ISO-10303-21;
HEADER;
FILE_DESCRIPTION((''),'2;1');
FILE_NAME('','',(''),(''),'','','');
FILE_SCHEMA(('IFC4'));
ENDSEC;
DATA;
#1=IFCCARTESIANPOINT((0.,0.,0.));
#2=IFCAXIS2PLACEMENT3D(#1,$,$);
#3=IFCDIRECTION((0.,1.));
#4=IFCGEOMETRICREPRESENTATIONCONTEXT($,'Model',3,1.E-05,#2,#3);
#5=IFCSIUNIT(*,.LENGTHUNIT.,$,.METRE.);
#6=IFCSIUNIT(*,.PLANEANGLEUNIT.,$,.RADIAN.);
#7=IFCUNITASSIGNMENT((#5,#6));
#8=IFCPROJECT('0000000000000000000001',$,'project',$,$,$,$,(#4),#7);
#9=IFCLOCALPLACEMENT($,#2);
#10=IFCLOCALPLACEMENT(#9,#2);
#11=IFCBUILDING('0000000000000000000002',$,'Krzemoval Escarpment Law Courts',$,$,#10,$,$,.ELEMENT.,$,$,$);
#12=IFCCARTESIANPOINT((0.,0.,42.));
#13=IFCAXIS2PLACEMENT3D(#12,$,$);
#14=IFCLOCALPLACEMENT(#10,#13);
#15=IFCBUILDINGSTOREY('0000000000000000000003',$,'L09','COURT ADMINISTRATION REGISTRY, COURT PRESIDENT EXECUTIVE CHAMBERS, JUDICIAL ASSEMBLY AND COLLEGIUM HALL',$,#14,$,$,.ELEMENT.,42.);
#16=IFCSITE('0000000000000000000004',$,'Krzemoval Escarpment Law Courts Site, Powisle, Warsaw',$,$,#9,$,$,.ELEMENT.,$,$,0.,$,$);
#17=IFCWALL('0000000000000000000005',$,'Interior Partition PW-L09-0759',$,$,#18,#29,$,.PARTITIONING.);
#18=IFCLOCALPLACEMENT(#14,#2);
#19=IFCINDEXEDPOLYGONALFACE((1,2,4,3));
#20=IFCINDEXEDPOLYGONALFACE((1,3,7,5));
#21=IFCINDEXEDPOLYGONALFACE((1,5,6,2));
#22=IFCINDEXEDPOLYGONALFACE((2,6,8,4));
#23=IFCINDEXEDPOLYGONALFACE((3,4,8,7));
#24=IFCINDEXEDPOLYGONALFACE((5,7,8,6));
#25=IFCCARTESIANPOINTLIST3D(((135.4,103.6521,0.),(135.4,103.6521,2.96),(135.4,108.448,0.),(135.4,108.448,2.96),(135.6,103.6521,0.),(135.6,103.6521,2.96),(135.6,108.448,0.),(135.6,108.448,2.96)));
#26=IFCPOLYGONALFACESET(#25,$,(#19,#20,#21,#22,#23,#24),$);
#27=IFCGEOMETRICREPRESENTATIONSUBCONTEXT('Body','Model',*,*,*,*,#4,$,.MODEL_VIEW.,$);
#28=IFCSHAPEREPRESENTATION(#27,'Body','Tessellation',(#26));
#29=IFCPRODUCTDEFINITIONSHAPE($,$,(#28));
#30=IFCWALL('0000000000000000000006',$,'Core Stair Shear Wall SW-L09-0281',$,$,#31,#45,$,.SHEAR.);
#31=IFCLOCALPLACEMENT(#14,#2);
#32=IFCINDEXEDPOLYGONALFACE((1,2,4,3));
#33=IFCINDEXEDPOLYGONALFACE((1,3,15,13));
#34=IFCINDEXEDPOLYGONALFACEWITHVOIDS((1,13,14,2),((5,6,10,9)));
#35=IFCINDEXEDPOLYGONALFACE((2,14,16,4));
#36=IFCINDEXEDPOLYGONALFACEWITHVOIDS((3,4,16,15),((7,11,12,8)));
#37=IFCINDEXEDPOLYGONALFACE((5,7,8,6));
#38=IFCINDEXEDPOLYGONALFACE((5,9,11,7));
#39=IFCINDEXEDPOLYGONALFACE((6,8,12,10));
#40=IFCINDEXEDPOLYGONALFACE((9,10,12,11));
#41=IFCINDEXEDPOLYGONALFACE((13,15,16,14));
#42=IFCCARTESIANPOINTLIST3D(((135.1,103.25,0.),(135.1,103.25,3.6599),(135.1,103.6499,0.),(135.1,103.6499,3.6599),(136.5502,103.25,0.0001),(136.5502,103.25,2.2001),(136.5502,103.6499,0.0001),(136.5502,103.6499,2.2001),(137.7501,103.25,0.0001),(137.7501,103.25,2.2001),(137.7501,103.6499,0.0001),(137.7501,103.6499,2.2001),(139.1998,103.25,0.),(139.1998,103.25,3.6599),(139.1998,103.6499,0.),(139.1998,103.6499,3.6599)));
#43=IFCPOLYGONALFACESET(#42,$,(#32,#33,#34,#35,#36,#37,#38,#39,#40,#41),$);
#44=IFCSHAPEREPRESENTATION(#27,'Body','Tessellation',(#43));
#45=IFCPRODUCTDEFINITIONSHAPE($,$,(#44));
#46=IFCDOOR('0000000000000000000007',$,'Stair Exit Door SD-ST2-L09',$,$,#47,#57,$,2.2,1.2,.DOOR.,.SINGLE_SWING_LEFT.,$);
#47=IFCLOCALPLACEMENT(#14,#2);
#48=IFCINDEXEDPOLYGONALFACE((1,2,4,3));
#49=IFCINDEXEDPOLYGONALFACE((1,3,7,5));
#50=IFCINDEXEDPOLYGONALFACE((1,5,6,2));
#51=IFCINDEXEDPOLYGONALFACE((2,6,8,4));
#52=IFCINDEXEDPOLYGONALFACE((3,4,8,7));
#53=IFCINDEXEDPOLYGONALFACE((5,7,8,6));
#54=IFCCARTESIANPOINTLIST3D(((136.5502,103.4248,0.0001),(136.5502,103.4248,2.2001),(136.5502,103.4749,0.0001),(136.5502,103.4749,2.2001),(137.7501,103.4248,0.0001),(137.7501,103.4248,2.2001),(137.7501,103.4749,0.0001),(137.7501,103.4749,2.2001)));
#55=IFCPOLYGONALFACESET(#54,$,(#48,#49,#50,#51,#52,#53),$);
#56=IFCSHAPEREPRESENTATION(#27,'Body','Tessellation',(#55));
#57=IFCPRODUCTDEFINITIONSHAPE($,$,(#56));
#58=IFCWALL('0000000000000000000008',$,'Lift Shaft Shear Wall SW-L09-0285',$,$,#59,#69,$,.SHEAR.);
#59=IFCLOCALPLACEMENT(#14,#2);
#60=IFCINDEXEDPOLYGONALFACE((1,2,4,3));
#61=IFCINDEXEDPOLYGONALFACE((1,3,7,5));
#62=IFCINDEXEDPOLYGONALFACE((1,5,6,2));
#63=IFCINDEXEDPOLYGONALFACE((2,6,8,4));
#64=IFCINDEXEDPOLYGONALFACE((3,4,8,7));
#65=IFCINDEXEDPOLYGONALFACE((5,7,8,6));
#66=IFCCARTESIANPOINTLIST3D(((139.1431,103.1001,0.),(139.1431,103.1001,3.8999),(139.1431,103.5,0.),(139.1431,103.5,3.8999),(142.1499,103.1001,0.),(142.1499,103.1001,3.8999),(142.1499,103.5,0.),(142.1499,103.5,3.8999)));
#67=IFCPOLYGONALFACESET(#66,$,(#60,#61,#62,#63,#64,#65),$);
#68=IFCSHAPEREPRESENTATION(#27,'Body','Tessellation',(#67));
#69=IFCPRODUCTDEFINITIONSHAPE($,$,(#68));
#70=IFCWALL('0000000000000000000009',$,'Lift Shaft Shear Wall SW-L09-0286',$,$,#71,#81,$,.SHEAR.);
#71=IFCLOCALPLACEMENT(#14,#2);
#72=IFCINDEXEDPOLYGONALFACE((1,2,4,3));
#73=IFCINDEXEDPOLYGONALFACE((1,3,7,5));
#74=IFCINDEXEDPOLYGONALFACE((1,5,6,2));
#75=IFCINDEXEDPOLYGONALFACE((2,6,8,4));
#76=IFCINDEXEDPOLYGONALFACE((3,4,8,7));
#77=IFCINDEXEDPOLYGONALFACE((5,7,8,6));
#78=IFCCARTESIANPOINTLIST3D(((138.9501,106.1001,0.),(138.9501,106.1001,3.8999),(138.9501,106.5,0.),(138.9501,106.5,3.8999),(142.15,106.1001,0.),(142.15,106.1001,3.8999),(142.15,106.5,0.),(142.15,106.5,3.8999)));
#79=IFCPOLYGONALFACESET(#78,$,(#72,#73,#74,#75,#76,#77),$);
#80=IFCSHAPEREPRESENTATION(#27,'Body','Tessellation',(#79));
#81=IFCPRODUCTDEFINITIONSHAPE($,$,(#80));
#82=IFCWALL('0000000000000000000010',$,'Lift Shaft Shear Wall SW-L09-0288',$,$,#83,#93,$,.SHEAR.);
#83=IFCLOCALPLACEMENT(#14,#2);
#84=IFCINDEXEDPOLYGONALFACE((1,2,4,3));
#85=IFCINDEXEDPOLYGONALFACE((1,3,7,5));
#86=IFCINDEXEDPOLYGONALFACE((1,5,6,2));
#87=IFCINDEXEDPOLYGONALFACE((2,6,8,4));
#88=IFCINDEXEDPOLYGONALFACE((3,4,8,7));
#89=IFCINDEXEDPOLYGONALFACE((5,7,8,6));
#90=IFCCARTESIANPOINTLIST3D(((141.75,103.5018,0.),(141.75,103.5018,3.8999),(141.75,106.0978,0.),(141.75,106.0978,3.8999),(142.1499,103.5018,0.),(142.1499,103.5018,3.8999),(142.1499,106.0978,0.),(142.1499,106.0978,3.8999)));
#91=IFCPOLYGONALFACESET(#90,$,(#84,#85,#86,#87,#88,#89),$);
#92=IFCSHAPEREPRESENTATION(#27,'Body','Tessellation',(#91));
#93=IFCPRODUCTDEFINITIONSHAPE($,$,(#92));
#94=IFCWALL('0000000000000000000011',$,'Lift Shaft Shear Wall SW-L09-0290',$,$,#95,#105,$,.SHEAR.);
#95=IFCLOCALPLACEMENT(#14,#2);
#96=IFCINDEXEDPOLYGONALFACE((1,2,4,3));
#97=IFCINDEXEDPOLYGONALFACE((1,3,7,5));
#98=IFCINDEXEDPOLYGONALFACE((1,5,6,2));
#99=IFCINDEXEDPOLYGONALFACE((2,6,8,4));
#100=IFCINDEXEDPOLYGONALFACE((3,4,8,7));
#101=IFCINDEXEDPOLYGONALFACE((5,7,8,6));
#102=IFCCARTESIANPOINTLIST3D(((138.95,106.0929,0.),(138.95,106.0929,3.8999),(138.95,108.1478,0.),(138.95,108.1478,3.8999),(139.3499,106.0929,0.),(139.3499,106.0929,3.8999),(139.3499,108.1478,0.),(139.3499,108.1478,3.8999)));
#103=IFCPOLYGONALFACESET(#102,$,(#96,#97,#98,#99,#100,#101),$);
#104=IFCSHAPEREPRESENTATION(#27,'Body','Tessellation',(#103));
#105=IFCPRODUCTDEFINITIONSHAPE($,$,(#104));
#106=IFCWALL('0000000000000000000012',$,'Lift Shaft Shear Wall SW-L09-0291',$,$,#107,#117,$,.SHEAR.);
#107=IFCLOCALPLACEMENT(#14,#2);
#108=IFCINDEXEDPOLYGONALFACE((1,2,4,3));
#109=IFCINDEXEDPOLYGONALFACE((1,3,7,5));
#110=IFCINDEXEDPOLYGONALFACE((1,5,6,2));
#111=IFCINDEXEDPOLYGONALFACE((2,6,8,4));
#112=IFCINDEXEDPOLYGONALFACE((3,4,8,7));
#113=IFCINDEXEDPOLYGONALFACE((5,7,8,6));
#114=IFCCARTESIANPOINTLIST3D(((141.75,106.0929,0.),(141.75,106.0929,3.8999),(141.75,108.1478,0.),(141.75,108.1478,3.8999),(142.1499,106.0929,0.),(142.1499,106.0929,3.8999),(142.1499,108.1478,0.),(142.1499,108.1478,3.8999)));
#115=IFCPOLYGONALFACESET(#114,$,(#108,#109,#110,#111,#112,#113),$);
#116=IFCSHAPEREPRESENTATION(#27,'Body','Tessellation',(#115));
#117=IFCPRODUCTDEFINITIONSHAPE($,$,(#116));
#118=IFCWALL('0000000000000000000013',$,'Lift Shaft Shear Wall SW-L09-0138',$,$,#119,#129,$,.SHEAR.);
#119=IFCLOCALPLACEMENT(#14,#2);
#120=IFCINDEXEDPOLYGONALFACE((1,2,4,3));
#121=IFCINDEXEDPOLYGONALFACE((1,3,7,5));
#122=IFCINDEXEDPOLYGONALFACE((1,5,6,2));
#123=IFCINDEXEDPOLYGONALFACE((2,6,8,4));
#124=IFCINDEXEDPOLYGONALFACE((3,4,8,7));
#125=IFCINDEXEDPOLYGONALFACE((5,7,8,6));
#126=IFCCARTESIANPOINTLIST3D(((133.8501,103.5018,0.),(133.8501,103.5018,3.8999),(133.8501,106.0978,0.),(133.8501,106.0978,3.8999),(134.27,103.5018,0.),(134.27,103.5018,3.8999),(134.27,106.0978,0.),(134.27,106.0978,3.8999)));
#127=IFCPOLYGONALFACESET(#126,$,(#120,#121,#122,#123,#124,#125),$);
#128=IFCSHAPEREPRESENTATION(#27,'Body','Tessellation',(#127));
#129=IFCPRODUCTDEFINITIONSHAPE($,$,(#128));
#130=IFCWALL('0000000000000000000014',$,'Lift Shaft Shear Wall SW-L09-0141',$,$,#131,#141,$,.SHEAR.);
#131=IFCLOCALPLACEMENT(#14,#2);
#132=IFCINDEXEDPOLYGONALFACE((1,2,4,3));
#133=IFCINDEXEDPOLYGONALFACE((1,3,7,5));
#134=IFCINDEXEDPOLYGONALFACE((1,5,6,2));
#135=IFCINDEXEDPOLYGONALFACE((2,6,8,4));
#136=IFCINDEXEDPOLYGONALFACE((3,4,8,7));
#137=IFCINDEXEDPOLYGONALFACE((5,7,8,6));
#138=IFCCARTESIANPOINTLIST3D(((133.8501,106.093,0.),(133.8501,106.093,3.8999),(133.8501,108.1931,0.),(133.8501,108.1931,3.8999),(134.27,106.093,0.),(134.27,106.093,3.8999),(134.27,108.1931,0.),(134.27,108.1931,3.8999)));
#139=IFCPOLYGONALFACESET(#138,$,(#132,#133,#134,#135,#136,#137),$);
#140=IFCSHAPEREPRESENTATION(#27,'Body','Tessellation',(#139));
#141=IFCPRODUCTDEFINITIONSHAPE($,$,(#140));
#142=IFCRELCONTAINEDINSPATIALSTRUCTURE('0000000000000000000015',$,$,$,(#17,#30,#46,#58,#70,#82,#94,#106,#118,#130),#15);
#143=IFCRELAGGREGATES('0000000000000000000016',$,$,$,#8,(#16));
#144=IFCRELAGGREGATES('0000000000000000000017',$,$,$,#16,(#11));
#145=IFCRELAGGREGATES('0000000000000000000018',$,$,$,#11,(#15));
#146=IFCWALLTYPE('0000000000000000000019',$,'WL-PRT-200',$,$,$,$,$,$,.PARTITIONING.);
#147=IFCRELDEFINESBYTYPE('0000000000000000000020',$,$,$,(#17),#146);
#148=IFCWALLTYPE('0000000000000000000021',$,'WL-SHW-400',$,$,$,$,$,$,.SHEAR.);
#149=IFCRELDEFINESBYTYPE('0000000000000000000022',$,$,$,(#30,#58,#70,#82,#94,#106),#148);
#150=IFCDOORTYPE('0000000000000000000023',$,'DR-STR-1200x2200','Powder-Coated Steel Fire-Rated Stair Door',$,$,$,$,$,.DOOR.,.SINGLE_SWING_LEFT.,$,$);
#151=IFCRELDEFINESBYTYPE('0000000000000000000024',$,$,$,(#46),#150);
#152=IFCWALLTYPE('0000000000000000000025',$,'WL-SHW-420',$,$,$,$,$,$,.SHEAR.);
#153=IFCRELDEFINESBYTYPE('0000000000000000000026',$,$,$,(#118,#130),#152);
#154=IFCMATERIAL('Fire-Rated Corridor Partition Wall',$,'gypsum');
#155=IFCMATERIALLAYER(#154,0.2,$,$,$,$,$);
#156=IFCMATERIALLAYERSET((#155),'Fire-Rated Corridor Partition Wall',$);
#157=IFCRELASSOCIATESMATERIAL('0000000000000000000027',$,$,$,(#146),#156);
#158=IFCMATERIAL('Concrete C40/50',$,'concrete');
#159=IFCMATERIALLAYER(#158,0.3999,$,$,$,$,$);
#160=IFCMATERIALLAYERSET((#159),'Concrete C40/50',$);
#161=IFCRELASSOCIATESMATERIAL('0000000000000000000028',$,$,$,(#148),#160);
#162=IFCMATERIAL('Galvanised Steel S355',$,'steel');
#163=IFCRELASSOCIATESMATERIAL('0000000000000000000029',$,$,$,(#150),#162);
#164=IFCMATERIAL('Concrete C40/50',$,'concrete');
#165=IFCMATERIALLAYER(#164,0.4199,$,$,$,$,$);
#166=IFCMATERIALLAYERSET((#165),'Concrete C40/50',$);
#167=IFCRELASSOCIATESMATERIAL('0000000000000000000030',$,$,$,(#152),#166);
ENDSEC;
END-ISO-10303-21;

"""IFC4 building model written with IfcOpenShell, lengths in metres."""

from ifc_helpers import new_model, si_unit, direction, frame, frame_2d, origin, place, context, subcontext, project, spatial, rectangle, extrude, material, layer, layer_set, type_object, element, fill, save


model = new_model("IFC4")

# Units and contexts
model_context = context("Model", 3, precision=1e-05, world=origin(), true_north=direction((0.0, 1.0)))
body_context = subcontext(model_context, "Body", "Model", "MODEL_VIEW")
ifc_project = project(units=[si_unit("LENGTHUNIT", "METRE"), si_unit("PLANEANGLEUNIT", "RADIAN")], contexts=[model_context])

# Site, building, storey
site_placement = place(None, origin())
site = spatial("IfcSite", under=ifc_project, at=site_placement, Name="Krzemoval Escarpment Law Courts Site, Powisle, Warsaw", CompositionType="ELEMENT", RefElevation=0.0)
building_placement = place(site_placement, origin())
building = spatial("IfcBuilding", under=site, at=building_placement, Name="Krzemoval Escarpment Law Courts", CompositionType="ELEMENT")
storey_placement = place(building_placement, frame((0.0, 0.0, 42.0)))
storey = spatial("IfcBuildingStorey", under=building, at=storey_placement, Name="L09", Description="COURT ADMINISTRATION REGISTRY, COURT PRESIDENT EXECUTIVE CHAMBERS, JUDICIAL ASSEMBLY AND COLLEGIUM HALL", CompositionType="ELEMENT", Elevation=42.0)

# Wall
ifc_material_1 = material(Name="Fire-Rated Corridor Partition Wall", Category="gypsum")
ifc_layer_1 = layer(ifc_material_1, 0.2)
ifc_layer_set_1 = layer_set([ifc_layer_1], Name="Fire-Rated Corridor Partition Wall")
wall_type_1 = type_object("IfcWallType", Name="WL-PRT-200", PredefinedType="PARTITIONING", material=ifc_layer_set_1)
wall_1_placement = place(storey_placement, frame((135.5, 103.6521, 0.0), z_axis=(0.0, 0.0, 1.0), x_axis=(0.0, 1.0, 0.0)))
element("IfcWall", 1, at=wall_1_placement, inside=storey, type_object=wall_type_1, Name="Interior Partition PW-L09-0759", PredefinedType="PARTITIONING", context=body_context, shape_type="SweptSolid", body=[
    extrude(rectangle(XDim=4.7959, YDim=0.2, at=frame_2d((2.3979, 0.0))), origin(), (0.0, 0.0, 1.0), 2.96),
])

# Wall, opening, door
ifc_material_2 = material(Name="Concrete C40/50", Category="concrete")
ifc_layer_2 = layer(ifc_material_2, 0.3999)
ifc_layer_set_2 = layer_set([ifc_layer_2], Name="Concrete C40/50")
wall_type_2 = type_object("IfcWallType", Name="WL-SHW-400", PredefinedType="SHEAR", material=ifc_layer_set_2)
wall_2_placement = place(storey_placement, frame((135.1001, 103.45, 0.0), z_axis=(0.0, 0.0, 1.0), x_axis=(1.0, 0.0, 0.0)))
wall_2 = element("IfcWall", 2, at=wall_2_placement, inside=storey, type_object=wall_type_2, Name="Core Stair Shear Wall SW-L09-0281", PredefinedType="SHEAR", context=body_context, shape_type="SweptSolid", body=[
    extrude(rectangle(XDim=4.0999, YDim=0.3999, at=frame_2d((2.0498, 0.0))), origin(), (0.0, 0.0, 1.0), 3.6599),
])
opening_1_placement = place(wall_2_placement, frame((1.45, 0.0, 0.0)))
opening_1 = element("IfcOpeningElement", 3, at=opening_1_placement, cuts=wall_2, PredefinedType="OPENING", context=body_context, shape_type="SweptSolid", body=[
    extrude(rectangle(XDim=1.2, YDim=2.2, at=frame_2d((0.6001, 1.1001))), frame((0.0, 0.215, 0.0), z_axis=(0.0, -1.0, 0.0), x_axis=(1.0, 0.0, 0.0)), (0.0, 0.0, 1.0), 0.4299),
])
ifc_material_3 = material(Name="Galvanised Steel S355", Category="steel")
door_type_1 = type_object("IfcDoorType", Name="DR-STR-1200x2200", Description="Powder-Coated Steel Fire-Rated Stair Door", OperationType="SINGLE_SWING_LEFT", PredefinedType="DOOR", material=ifc_material_3)
door_1_placement = place(opening_1_placement, origin())
door_1 = element("IfcDoor", 4, at=door_1_placement, inside=storey, type_object=door_type_1, Name="Stair Exit Door SD-ST2-L09", OperationType="SINGLE_SWING_LEFT", OverallHeight=2.2, OverallWidth=1.2, PredefinedType="DOOR", context=body_context, shape_type="SweptSolid", body=[
    extrude(rectangle(XDim=1.2, YDim=2.2, at=frame_2d((0.6001, 1.1001))), frame((0.0, 0.0249, 0.0), z_axis=(0.0, -1.0, 0.0), x_axis=(1.0, 0.0, 0.0)), (0.0, 0.0, 1.0), 0.05),
])
fill(opening_1, door_1)

# Walls
wall_3_placement = place(storey_placement, frame((139.1431, 103.3, 0.0), z_axis=(0.0, 0.0, 1.0), x_axis=(1.0, 0.0, 0.0)))
element("IfcWall", 5, at=wall_3_placement, inside=storey, type_object=wall_type_2, Name="Lift Shaft Shear Wall SW-L09-0285", PredefinedType="SHEAR", context=body_context, shape_type="SweptSolid", body=[
    extrude(rectangle(XDim=3.0068, YDim=0.3999, at=frame_2d((1.5034, 0.0))), origin(), (0.0, 0.0, 1.0), 3.8999),
])
wall_4_placement = place(storey_placement, frame((138.95, 106.3, 0.0), z_axis=(0.0, 0.0, 1.0), x_axis=(1.0, 0.0, 0.0)))
element("IfcWall", 6, at=wall_4_placement, inside=storey, type_object=wall_type_2, Name="Lift Shaft Shear Wall SW-L09-0286", PredefinedType="SHEAR", context=body_context, shape_type="SweptSolid", body=[
    extrude(rectangle(XDim=3.2, YDim=0.3999, at=frame_2d((1.6001, 0.0))), origin(), (0.0, 0.0, 1.0), 3.8999),
])

# Wall
wall_5_placement = place(storey_placement, frame((141.95, 103.502, 0.0), z_axis=(0.0, 0.0, 1.0), x_axis=(0.0, 1.0, 0.0)))
element("IfcWall", 7, at=wall_5_placement, inside=storey, type_object=wall_type_2, Name="Lift Shaft Shear Wall SW-L09-0288", PredefinedType="SHEAR", context=body_context, shape_type="SweptSolid", body=[
    extrude(rectangle(XDim=2.5959, YDim=0.3999, at=frame_2d((1.2979, 0.0))), origin(), (0.0, 0.0, 1.0), 3.8999),
])

# Walls
for number, where, z_axis, x_axis, name in (
    (8, (139.1499, 106.093, 0.0), (0.0, 0.0, 1.0), (0.0, 1.0, 0.0), "Lift Shaft Shear Wall SW-L09-0290"),
    (9, (141.95, 106.093, 0.0), (0.0, 0.0, 1.0), (0.0, 1.0, 0.0), "Lift Shaft Shear Wall SW-L09-0291"),
):
    element("IfcWall", number, at=place(storey_placement, frame(where, z_axis=z_axis, x_axis=x_axis)), inside=storey, type_object=wall_type_2, Name=name, PredefinedType="SHEAR", context=body_context, shape_type="SweptSolid", body=[
        extrude(rectangle(XDim=2.0549, YDim=0.3999, at=frame_2d((1.0273, 0.0))), origin(), (0.0, 0.0, 1.0), 3.8999),
    ])
ifc_material_4 = material(Name="Concrete C40/50", Category="concrete")
ifc_layer_3 = layer(ifc_material_4, 0.4199)
ifc_layer_set_3 = layer_set([ifc_layer_3], Name="Concrete C40/50")
wall_type_3 = type_object("IfcWallType", Name="WL-SHW-420", PredefinedType="SHEAR", material=ifc_layer_set_3)
wall_6_placement = place(storey_placement, frame((134.0601, 103.502, 0.0), z_axis=(0.0, 0.0, 1.0), x_axis=(0.0, 1.0, 0.0)))
element("IfcWall", 10, at=wall_6_placement, inside=storey, type_object=wall_type_3, Name="Lift Shaft Shear Wall SW-L09-0138", PredefinedType="SHEAR", context=body_context, shape_type="SweptSolid", body=[
    extrude(rectangle(XDim=2.5959, YDim=0.4199, at=frame_2d((1.2979, 0.0))), origin(), (0.0, 0.0, 1.0), 3.8999),
])
wall_7_placement = place(storey_placement, frame((134.0601, 106.093, 0.0), z_axis=(0.0, 0.0, 1.0), x_axis=(0.0, 1.0, 0.0)))
element("IfcWall", 11, at=wall_7_placement, inside=storey, type_object=wall_type_3, Name="Lift Shaft Shear Wall SW-L09-0141", PredefinedType="SHEAR", context=body_context, shape_type="SweptSolid", body=[
    extrude(rectangle(XDim=2.1001, YDim=0.4199, at=frame_2d((1.05, 0.0))), origin(), (0.0, 0.0, 1.0), 3.8999),
])

save(model, "model.ifc")
